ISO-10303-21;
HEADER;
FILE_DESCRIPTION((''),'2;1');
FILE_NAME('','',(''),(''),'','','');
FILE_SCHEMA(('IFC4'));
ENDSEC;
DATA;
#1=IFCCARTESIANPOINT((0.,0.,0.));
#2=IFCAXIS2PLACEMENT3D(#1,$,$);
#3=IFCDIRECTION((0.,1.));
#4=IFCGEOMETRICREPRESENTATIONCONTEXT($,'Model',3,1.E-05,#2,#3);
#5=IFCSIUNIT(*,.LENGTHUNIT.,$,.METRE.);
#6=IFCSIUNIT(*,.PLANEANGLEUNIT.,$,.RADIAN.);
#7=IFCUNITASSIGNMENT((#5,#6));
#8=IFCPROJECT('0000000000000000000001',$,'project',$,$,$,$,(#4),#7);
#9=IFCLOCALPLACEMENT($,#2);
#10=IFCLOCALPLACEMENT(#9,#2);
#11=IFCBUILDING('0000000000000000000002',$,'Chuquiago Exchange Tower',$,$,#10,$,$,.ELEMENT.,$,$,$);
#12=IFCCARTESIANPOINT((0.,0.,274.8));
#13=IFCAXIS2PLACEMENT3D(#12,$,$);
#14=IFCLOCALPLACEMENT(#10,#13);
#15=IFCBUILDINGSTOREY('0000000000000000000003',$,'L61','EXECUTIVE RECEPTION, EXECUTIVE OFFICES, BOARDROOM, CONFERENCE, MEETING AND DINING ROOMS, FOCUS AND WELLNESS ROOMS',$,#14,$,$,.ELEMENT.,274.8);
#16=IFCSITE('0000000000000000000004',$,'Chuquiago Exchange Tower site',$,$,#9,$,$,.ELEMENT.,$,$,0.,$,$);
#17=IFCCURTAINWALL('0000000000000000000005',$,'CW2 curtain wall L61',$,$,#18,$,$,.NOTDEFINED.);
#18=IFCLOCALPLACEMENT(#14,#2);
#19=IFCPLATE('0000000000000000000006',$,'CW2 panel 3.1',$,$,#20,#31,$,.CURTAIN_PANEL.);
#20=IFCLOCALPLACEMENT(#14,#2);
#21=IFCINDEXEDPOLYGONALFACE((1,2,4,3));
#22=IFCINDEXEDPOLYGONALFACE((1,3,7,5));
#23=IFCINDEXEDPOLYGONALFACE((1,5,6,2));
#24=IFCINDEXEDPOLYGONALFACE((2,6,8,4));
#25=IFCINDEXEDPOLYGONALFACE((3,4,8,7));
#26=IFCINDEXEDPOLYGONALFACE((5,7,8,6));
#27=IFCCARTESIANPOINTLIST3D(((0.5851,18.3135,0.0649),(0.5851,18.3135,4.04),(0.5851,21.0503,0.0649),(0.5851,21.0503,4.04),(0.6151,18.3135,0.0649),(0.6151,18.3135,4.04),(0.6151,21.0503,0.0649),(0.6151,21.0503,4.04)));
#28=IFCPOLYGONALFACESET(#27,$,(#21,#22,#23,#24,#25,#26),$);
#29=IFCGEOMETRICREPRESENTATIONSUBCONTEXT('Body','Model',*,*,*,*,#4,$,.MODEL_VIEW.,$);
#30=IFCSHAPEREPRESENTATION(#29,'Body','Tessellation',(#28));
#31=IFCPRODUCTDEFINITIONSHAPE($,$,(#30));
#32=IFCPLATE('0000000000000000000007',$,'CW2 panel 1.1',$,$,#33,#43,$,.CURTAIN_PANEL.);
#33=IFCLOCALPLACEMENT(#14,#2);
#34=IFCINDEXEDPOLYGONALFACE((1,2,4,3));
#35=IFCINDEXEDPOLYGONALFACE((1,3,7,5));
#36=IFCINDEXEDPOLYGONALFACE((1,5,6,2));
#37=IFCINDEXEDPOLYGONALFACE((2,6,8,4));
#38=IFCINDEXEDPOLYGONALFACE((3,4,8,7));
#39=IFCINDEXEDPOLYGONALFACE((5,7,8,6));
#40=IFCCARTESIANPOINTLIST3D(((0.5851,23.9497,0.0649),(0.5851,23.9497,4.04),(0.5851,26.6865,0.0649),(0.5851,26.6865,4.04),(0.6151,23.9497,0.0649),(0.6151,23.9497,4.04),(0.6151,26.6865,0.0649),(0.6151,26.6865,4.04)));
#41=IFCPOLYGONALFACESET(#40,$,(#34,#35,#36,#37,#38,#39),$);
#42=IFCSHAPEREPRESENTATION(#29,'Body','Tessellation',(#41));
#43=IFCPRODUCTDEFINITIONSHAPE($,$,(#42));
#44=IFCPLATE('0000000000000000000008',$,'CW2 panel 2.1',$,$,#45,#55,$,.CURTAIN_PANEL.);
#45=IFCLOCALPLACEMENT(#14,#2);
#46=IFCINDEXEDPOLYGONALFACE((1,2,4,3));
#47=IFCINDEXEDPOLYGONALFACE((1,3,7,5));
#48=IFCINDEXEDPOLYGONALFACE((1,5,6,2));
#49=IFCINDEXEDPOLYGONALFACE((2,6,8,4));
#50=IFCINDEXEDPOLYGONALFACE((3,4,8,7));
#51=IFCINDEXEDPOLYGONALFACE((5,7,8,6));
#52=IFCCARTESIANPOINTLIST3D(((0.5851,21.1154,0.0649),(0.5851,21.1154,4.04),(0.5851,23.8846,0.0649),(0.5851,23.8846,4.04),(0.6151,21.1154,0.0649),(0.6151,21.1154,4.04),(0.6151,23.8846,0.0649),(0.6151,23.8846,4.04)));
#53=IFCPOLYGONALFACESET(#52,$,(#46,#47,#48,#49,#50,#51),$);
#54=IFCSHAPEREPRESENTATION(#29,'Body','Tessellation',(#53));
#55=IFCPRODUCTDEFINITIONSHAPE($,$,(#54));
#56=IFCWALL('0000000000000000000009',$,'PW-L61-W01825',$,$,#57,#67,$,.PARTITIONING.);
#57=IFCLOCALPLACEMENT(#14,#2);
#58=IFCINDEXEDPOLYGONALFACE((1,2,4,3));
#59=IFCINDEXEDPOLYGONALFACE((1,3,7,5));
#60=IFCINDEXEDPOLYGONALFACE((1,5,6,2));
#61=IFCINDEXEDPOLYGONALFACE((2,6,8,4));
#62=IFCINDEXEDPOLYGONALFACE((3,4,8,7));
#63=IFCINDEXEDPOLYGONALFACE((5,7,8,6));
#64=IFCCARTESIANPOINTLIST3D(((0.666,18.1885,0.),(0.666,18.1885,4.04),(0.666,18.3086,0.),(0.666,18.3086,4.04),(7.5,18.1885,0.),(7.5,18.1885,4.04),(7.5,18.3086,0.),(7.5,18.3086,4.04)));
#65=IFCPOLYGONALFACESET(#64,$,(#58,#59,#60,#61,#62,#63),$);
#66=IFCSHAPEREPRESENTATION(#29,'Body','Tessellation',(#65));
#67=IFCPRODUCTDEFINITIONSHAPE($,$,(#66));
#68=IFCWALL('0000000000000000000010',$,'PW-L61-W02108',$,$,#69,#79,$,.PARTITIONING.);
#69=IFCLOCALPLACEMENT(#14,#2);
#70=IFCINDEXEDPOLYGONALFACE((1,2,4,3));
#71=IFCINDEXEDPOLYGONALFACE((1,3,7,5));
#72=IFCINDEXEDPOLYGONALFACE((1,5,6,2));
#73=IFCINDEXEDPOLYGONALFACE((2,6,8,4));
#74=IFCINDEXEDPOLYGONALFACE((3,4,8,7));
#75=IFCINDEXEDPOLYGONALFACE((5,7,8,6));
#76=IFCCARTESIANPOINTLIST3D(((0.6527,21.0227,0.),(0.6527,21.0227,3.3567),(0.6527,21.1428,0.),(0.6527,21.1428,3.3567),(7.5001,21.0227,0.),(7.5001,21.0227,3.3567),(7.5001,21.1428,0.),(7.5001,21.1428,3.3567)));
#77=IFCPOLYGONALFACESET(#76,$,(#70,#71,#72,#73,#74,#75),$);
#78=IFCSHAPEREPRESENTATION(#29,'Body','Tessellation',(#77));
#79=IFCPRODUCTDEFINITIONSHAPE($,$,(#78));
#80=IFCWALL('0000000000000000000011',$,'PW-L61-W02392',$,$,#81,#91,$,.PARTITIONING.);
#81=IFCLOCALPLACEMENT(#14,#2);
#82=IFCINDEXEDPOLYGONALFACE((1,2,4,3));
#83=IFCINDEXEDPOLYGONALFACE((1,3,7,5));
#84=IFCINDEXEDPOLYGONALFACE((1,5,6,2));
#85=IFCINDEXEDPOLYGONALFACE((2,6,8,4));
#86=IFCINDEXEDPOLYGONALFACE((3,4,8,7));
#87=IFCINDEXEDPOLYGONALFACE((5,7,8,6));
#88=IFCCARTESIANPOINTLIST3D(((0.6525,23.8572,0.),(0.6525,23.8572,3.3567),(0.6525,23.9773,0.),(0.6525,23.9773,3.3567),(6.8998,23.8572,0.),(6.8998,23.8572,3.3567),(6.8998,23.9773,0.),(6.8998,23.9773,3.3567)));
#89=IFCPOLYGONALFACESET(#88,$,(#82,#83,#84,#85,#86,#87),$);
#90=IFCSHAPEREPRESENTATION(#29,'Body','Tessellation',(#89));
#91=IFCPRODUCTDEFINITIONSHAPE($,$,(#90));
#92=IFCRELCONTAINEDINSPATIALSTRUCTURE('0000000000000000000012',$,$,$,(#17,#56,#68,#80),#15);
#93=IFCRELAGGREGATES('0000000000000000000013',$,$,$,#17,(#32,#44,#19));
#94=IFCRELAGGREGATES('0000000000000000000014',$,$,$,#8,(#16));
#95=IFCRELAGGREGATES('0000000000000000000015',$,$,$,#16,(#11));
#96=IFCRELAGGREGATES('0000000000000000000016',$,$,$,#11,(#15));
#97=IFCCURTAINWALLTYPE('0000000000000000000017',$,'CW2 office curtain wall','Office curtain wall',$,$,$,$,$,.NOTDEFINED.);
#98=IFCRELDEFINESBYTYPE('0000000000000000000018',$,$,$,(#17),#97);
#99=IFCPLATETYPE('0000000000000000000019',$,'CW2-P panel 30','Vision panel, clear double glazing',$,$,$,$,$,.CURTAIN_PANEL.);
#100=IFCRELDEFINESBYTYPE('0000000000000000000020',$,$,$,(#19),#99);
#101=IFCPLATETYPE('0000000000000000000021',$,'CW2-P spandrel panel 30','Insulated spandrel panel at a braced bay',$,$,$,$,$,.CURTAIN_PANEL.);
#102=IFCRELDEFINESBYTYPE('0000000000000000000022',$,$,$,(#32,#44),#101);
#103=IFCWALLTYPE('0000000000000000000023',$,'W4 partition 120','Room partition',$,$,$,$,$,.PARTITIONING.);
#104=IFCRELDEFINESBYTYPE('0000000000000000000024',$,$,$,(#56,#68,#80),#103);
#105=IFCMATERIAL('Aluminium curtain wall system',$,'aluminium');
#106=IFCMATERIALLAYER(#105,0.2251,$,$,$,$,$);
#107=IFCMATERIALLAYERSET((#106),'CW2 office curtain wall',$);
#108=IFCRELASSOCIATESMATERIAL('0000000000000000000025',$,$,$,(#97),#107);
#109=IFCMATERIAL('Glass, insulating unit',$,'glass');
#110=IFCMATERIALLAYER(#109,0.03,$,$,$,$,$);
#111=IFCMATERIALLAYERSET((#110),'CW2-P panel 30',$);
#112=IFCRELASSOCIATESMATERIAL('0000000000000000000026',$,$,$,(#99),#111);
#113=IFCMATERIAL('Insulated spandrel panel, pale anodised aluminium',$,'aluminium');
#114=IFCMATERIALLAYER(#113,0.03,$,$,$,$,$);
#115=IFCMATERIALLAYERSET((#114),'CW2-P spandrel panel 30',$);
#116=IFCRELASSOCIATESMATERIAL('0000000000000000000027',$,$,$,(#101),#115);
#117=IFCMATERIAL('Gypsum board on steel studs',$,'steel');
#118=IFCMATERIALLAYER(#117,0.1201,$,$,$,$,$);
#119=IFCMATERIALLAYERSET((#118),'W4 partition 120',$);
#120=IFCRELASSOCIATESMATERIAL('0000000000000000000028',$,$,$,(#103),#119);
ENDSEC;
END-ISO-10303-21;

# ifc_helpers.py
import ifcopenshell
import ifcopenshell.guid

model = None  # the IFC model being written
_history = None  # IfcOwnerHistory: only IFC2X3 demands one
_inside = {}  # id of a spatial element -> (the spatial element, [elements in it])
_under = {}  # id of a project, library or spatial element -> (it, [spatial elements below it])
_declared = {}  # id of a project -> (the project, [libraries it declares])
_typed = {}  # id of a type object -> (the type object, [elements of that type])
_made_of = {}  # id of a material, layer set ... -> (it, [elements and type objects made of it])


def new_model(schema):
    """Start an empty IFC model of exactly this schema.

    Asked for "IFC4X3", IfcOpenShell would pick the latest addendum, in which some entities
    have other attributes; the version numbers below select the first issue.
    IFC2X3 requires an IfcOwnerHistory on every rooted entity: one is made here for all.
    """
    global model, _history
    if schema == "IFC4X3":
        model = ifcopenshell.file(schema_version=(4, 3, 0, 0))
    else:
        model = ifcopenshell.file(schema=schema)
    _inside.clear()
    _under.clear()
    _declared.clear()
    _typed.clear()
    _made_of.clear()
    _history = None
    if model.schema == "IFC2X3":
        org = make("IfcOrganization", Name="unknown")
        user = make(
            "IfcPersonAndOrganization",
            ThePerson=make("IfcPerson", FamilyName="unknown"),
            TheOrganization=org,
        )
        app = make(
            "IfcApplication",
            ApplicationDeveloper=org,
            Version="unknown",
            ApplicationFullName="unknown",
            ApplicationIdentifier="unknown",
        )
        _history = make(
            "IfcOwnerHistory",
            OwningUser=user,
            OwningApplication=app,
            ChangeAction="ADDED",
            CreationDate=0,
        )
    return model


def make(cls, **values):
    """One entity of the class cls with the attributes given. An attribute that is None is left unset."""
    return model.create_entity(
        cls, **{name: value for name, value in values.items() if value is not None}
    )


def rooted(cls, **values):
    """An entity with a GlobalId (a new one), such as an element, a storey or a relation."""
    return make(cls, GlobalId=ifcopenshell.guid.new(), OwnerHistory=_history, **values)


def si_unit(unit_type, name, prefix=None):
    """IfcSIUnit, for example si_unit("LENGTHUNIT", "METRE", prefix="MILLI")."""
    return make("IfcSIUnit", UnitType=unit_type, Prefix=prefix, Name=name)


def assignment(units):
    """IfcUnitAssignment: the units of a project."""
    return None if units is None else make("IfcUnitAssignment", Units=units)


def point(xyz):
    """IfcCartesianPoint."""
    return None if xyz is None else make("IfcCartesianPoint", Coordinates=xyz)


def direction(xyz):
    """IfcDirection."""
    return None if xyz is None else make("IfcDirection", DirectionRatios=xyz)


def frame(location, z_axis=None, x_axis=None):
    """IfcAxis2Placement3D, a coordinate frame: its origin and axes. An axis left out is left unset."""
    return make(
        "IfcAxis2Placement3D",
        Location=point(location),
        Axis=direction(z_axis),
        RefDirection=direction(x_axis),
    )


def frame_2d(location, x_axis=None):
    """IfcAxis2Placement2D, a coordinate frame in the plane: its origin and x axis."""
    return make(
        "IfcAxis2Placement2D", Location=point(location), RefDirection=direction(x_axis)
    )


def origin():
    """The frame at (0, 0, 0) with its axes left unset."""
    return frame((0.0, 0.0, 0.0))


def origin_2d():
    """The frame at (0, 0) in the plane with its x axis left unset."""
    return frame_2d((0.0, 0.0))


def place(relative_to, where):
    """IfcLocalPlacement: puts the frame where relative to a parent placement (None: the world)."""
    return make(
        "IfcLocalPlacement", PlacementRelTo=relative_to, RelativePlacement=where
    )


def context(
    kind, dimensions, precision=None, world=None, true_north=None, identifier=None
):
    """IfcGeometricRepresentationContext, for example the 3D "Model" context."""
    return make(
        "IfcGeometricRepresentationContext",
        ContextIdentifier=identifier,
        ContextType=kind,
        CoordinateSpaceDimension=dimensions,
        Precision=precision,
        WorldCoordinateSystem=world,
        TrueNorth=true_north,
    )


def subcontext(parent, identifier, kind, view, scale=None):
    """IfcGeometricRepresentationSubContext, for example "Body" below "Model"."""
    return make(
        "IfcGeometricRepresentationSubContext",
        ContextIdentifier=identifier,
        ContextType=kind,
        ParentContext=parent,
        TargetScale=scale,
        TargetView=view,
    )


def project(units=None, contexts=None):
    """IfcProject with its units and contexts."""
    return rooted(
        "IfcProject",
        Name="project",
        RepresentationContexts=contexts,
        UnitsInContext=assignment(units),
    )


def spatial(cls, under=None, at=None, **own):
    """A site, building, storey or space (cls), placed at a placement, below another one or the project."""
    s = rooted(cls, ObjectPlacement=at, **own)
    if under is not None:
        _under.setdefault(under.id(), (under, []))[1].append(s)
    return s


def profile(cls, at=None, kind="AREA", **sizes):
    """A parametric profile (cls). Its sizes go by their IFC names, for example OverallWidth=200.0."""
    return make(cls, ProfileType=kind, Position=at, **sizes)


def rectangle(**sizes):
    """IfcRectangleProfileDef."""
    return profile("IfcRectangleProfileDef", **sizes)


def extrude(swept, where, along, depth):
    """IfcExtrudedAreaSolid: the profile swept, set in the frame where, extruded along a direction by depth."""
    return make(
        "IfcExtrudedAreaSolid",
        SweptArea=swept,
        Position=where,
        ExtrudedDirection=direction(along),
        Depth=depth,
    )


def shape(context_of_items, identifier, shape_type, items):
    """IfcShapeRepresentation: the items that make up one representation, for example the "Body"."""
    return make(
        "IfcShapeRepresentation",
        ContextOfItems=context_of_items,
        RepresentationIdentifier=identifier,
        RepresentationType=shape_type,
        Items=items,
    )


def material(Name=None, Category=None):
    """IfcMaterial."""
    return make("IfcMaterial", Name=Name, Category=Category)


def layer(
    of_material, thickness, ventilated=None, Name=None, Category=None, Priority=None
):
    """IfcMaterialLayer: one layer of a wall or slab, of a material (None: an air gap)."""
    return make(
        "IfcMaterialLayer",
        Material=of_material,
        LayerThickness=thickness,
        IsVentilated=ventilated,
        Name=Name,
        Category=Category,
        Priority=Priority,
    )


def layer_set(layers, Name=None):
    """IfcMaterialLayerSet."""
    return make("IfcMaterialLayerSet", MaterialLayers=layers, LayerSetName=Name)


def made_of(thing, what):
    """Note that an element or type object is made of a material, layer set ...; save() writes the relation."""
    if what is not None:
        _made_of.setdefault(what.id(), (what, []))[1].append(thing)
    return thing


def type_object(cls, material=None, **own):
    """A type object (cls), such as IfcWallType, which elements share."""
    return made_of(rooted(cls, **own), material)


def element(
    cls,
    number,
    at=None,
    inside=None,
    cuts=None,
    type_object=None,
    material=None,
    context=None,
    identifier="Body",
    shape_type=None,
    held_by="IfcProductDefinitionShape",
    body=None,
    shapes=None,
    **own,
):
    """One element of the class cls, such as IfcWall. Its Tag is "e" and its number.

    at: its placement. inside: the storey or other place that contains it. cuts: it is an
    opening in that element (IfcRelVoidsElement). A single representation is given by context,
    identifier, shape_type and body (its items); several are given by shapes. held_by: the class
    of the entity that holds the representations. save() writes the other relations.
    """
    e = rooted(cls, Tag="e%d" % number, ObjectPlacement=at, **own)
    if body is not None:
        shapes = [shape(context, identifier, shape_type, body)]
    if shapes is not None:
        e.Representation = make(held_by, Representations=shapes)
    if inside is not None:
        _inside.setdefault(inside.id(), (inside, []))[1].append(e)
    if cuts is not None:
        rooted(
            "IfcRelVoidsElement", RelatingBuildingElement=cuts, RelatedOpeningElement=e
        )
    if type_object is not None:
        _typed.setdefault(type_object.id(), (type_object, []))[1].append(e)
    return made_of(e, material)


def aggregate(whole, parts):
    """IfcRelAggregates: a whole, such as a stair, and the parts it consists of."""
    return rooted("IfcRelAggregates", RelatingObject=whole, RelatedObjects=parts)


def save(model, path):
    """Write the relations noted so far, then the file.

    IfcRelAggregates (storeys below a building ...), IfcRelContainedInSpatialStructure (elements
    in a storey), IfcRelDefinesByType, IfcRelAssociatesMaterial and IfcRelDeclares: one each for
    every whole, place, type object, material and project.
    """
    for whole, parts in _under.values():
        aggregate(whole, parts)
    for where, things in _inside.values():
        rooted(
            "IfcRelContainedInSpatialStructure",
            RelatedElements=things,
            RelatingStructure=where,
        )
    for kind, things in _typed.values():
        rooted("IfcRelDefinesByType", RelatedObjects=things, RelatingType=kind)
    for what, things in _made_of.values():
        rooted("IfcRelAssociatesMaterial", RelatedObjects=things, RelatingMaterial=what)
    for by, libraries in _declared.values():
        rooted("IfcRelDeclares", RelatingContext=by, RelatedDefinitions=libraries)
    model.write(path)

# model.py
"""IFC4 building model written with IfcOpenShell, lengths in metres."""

from ifc_helpers import new_model, si_unit, direction, frame, frame_2d, origin, origin_2d, place, context, subcontext, project, spatial, rectangle, extrude, material, layer, layer_set, type_object, element, aggregate, save


model = new_model("IFC4")

# Units and contexts
model_context = context("Model", 3, precision=1e-05, world=origin(), true_north=direction((0.0, 1.0)))
body_context = subcontext(model_context, "Body", "Model", "MODEL_VIEW")
ifc_project = project(units=[si_unit("LENGTHUNIT", "METRE"), si_unit("PLANEANGLEUNIT", "RADIAN")], contexts=[model_context])

# Site, building, storey
site_placement = place(None, origin())
site = spatial("IfcSite", under=ifc_project, at=site_placement, Name="Chuquiago Exchange Tower site", CompositionType="ELEMENT", RefElevation=0.0)
building_placement = place(site_placement, origin())
building = spatial("IfcBuilding", under=site, at=building_placement, Name="Chuquiago Exchange Tower", CompositionType="ELEMENT")
storey_placement = place(building_placement, frame((0.0, 0.0, 274.8)))
storey = spatial("IfcBuildingStorey", under=building, at=storey_placement, Name="L61", Description="EXECUTIVE RECEPTION, EXECUTIVE OFFICES, BOARDROOM, CONFERENCE, MEETING AND DINING ROOMS, FOCUS AND WELLNESS ROOMS", CompositionType="ELEMENT", Elevation=274.8)

# Curtain wall
ifc_material_1 = material(Name="Aluminium curtain wall system", Category="aluminium")
ifc_layer_1 = layer(ifc_material_1, 0.2251)
ifc_layer_set_1 = layer_set([ifc_layer_1], Name="CW2 office curtain wall")
curtain_wall_type_1 = type_object("IfcCurtainWallType", Name="CW2 office curtain wall", Description="Office curtain wall", PredefinedType="NOTDEFINED", material=ifc_layer_set_1)
curtain_wall_1_placement = place(storey_placement, origin())
curtain_wall_1 = element("IfcCurtainWall", 1, at=curtain_wall_1_placement, inside=storey, type_object=curtain_wall_type_1, Name="CW2 curtain wall L61", PredefinedType="NOTDEFINED")

# Plates
ifc_material_2 = material(Name="Glass, insulating unit", Category="glass")
ifc_layer_2 = layer(ifc_material_2, 0.03)
ifc_layer_set_2 = layer_set([ifc_layer_2], Name="CW2-P panel 30")
plate_type_1 = type_object("IfcPlateType", Name="CW2-P panel 30", Description="Vision panel, clear double glazing", PredefinedType="CURTAIN_PANEL", material=ifc_layer_set_2)
plate_1_placement = place(storey_placement, frame((0.6001, 19.6819, 0.0649), z_axis=(0.0, 0.0, 1.0), x_axis=(0.0, -1.0, 0.0)))
plate_1 = element("IfcPlate", 2, at=plate_1_placement, type_object=plate_type_1, Name="CW2 panel 3.1", PredefinedType="CURTAIN_PANEL", context=body_context, shape_type="SweptSolid", body=[
    extrude(rectangle(XDim=2.7368, YDim=0.03, at=origin_2d()), origin(), (0.0, 0.0, 1.0), 3.9751),
])
ifc_material_3 = material(Name="Insulated spandrel panel, pale anodised aluminium", Category="aluminium")
ifc_layer_3 = layer(ifc_material_3, 0.03)
ifc_layer_set_3 = layer_set([ifc_layer_3], Name="CW2-P spandrel panel 30")
plate_type_2 = type_object("IfcPlateType", Name="CW2-P spandrel panel 30", Description="Insulated spandrel panel at a braced bay", PredefinedType="CURTAIN_PANEL", material=ifc_layer_set_3)
plate_2_placement = place(storey_placement, frame((0.6001, 25.3181, 0.0649), z_axis=(0.0, 0.0, 1.0), x_axis=(0.0, -1.0, 0.0)))
plate_2 = element("IfcPlate", 3, at=plate_2_placement, type_object=plate_type_2, Name="CW2 panel 1.1", PredefinedType="CURTAIN_PANEL", context=body_context, shape_type="SweptSolid", body=[
    extrude(rectangle(XDim=2.7368, YDim=0.03, at=origin_2d()), origin(), (0.0, 0.0, 1.0), 3.9751),
])
plate_3_placement = place(storey_placement, frame((0.6001, 22.5, 0.0649), z_axis=(0.0, 0.0, 1.0), x_axis=(0.0, -1.0, 0.0)))
plate_3 = element("IfcPlate", 4, at=plate_3_placement, type_object=plate_type_2, Name="CW2 panel 2.1", PredefinedType="CURTAIN_PANEL", context=body_context, shape_type="SweptSolid", body=[
    extrude(rectangle(XDim=2.7693, YDim=0.03, at=origin_2d()), origin(), (0.0, 0.0, 1.0), 3.9751),
])
aggregate(curtain_wall_1, [plate_2, plate_3, plate_1])

# Walls
ifc_material_4 = material(Name="Gypsum board on steel studs", Category="steel")
ifc_layer_4 = layer(ifc_material_4, 0.1201)
ifc_layer_set_4 = layer_set([ifc_layer_4], Name="W4 partition 120")
wall_type = type_object("IfcWallType", Name="W4 partition 120", Description="Room partition", PredefinedType="PARTITIONING", material=ifc_layer_set_4)
wall_1_placement = place(storey_placement, frame((0.666, 18.2485, 0.0), z_axis=(0.0, 0.0, 1.0), x_axis=(1.0, 0.0, 0.0)))
element("IfcWall", 5, at=wall_1_placement, inside=storey, type_object=wall_type, Name="PW-L61-W01825", PredefinedType="PARTITIONING", context=body_context, shape_type="SweptSolid", body=[
    extrude(rectangle(XDim=6.834, YDim=0.1201, at=frame_2d((3.417, 0.0))), origin(), (0.0, 0.0, 1.0), 4.04),
])
wall_2_placement = place(storey_placement, frame((0.6526, 21.0828, 0.0), z_axis=(0.0, 0.0, 1.0), x_axis=(1.0, 0.0, 0.0)))
element("IfcWall", 6, at=wall_2_placement, inside=storey, type_object=wall_type, Name="PW-L61-W02108", PredefinedType="PARTITIONING", context=body_context, shape_type="SweptSolid", body=[
    extrude(rectangle(XDim=6.8474, YDim=0.1201, at=frame_2d((3.4238, 0.0))), origin(), (0.0, 0.0, 1.0), 3.3567),
])
wall_3_placement = place(storey_placement, frame((0.6526, 23.9172, 0.0), z_axis=(0.0, 0.0, 1.0), x_axis=(1.0, 0.0, 0.0)))
element("IfcWall", 7, at=wall_3_placement, inside=storey, type_object=wall_type, Name="PW-L61-W02392", PredefinedType="PARTITIONING", context=body_context, shape_type="SweptSolid", body=[
    extrude(rectangle(XDim=6.2473, YDim=0.1201, at=frame_2d((3.1235, 0.0))), origin(), (0.0, 0.0, 1.0), 3.3567),
])

save(model, "model.ifc")
